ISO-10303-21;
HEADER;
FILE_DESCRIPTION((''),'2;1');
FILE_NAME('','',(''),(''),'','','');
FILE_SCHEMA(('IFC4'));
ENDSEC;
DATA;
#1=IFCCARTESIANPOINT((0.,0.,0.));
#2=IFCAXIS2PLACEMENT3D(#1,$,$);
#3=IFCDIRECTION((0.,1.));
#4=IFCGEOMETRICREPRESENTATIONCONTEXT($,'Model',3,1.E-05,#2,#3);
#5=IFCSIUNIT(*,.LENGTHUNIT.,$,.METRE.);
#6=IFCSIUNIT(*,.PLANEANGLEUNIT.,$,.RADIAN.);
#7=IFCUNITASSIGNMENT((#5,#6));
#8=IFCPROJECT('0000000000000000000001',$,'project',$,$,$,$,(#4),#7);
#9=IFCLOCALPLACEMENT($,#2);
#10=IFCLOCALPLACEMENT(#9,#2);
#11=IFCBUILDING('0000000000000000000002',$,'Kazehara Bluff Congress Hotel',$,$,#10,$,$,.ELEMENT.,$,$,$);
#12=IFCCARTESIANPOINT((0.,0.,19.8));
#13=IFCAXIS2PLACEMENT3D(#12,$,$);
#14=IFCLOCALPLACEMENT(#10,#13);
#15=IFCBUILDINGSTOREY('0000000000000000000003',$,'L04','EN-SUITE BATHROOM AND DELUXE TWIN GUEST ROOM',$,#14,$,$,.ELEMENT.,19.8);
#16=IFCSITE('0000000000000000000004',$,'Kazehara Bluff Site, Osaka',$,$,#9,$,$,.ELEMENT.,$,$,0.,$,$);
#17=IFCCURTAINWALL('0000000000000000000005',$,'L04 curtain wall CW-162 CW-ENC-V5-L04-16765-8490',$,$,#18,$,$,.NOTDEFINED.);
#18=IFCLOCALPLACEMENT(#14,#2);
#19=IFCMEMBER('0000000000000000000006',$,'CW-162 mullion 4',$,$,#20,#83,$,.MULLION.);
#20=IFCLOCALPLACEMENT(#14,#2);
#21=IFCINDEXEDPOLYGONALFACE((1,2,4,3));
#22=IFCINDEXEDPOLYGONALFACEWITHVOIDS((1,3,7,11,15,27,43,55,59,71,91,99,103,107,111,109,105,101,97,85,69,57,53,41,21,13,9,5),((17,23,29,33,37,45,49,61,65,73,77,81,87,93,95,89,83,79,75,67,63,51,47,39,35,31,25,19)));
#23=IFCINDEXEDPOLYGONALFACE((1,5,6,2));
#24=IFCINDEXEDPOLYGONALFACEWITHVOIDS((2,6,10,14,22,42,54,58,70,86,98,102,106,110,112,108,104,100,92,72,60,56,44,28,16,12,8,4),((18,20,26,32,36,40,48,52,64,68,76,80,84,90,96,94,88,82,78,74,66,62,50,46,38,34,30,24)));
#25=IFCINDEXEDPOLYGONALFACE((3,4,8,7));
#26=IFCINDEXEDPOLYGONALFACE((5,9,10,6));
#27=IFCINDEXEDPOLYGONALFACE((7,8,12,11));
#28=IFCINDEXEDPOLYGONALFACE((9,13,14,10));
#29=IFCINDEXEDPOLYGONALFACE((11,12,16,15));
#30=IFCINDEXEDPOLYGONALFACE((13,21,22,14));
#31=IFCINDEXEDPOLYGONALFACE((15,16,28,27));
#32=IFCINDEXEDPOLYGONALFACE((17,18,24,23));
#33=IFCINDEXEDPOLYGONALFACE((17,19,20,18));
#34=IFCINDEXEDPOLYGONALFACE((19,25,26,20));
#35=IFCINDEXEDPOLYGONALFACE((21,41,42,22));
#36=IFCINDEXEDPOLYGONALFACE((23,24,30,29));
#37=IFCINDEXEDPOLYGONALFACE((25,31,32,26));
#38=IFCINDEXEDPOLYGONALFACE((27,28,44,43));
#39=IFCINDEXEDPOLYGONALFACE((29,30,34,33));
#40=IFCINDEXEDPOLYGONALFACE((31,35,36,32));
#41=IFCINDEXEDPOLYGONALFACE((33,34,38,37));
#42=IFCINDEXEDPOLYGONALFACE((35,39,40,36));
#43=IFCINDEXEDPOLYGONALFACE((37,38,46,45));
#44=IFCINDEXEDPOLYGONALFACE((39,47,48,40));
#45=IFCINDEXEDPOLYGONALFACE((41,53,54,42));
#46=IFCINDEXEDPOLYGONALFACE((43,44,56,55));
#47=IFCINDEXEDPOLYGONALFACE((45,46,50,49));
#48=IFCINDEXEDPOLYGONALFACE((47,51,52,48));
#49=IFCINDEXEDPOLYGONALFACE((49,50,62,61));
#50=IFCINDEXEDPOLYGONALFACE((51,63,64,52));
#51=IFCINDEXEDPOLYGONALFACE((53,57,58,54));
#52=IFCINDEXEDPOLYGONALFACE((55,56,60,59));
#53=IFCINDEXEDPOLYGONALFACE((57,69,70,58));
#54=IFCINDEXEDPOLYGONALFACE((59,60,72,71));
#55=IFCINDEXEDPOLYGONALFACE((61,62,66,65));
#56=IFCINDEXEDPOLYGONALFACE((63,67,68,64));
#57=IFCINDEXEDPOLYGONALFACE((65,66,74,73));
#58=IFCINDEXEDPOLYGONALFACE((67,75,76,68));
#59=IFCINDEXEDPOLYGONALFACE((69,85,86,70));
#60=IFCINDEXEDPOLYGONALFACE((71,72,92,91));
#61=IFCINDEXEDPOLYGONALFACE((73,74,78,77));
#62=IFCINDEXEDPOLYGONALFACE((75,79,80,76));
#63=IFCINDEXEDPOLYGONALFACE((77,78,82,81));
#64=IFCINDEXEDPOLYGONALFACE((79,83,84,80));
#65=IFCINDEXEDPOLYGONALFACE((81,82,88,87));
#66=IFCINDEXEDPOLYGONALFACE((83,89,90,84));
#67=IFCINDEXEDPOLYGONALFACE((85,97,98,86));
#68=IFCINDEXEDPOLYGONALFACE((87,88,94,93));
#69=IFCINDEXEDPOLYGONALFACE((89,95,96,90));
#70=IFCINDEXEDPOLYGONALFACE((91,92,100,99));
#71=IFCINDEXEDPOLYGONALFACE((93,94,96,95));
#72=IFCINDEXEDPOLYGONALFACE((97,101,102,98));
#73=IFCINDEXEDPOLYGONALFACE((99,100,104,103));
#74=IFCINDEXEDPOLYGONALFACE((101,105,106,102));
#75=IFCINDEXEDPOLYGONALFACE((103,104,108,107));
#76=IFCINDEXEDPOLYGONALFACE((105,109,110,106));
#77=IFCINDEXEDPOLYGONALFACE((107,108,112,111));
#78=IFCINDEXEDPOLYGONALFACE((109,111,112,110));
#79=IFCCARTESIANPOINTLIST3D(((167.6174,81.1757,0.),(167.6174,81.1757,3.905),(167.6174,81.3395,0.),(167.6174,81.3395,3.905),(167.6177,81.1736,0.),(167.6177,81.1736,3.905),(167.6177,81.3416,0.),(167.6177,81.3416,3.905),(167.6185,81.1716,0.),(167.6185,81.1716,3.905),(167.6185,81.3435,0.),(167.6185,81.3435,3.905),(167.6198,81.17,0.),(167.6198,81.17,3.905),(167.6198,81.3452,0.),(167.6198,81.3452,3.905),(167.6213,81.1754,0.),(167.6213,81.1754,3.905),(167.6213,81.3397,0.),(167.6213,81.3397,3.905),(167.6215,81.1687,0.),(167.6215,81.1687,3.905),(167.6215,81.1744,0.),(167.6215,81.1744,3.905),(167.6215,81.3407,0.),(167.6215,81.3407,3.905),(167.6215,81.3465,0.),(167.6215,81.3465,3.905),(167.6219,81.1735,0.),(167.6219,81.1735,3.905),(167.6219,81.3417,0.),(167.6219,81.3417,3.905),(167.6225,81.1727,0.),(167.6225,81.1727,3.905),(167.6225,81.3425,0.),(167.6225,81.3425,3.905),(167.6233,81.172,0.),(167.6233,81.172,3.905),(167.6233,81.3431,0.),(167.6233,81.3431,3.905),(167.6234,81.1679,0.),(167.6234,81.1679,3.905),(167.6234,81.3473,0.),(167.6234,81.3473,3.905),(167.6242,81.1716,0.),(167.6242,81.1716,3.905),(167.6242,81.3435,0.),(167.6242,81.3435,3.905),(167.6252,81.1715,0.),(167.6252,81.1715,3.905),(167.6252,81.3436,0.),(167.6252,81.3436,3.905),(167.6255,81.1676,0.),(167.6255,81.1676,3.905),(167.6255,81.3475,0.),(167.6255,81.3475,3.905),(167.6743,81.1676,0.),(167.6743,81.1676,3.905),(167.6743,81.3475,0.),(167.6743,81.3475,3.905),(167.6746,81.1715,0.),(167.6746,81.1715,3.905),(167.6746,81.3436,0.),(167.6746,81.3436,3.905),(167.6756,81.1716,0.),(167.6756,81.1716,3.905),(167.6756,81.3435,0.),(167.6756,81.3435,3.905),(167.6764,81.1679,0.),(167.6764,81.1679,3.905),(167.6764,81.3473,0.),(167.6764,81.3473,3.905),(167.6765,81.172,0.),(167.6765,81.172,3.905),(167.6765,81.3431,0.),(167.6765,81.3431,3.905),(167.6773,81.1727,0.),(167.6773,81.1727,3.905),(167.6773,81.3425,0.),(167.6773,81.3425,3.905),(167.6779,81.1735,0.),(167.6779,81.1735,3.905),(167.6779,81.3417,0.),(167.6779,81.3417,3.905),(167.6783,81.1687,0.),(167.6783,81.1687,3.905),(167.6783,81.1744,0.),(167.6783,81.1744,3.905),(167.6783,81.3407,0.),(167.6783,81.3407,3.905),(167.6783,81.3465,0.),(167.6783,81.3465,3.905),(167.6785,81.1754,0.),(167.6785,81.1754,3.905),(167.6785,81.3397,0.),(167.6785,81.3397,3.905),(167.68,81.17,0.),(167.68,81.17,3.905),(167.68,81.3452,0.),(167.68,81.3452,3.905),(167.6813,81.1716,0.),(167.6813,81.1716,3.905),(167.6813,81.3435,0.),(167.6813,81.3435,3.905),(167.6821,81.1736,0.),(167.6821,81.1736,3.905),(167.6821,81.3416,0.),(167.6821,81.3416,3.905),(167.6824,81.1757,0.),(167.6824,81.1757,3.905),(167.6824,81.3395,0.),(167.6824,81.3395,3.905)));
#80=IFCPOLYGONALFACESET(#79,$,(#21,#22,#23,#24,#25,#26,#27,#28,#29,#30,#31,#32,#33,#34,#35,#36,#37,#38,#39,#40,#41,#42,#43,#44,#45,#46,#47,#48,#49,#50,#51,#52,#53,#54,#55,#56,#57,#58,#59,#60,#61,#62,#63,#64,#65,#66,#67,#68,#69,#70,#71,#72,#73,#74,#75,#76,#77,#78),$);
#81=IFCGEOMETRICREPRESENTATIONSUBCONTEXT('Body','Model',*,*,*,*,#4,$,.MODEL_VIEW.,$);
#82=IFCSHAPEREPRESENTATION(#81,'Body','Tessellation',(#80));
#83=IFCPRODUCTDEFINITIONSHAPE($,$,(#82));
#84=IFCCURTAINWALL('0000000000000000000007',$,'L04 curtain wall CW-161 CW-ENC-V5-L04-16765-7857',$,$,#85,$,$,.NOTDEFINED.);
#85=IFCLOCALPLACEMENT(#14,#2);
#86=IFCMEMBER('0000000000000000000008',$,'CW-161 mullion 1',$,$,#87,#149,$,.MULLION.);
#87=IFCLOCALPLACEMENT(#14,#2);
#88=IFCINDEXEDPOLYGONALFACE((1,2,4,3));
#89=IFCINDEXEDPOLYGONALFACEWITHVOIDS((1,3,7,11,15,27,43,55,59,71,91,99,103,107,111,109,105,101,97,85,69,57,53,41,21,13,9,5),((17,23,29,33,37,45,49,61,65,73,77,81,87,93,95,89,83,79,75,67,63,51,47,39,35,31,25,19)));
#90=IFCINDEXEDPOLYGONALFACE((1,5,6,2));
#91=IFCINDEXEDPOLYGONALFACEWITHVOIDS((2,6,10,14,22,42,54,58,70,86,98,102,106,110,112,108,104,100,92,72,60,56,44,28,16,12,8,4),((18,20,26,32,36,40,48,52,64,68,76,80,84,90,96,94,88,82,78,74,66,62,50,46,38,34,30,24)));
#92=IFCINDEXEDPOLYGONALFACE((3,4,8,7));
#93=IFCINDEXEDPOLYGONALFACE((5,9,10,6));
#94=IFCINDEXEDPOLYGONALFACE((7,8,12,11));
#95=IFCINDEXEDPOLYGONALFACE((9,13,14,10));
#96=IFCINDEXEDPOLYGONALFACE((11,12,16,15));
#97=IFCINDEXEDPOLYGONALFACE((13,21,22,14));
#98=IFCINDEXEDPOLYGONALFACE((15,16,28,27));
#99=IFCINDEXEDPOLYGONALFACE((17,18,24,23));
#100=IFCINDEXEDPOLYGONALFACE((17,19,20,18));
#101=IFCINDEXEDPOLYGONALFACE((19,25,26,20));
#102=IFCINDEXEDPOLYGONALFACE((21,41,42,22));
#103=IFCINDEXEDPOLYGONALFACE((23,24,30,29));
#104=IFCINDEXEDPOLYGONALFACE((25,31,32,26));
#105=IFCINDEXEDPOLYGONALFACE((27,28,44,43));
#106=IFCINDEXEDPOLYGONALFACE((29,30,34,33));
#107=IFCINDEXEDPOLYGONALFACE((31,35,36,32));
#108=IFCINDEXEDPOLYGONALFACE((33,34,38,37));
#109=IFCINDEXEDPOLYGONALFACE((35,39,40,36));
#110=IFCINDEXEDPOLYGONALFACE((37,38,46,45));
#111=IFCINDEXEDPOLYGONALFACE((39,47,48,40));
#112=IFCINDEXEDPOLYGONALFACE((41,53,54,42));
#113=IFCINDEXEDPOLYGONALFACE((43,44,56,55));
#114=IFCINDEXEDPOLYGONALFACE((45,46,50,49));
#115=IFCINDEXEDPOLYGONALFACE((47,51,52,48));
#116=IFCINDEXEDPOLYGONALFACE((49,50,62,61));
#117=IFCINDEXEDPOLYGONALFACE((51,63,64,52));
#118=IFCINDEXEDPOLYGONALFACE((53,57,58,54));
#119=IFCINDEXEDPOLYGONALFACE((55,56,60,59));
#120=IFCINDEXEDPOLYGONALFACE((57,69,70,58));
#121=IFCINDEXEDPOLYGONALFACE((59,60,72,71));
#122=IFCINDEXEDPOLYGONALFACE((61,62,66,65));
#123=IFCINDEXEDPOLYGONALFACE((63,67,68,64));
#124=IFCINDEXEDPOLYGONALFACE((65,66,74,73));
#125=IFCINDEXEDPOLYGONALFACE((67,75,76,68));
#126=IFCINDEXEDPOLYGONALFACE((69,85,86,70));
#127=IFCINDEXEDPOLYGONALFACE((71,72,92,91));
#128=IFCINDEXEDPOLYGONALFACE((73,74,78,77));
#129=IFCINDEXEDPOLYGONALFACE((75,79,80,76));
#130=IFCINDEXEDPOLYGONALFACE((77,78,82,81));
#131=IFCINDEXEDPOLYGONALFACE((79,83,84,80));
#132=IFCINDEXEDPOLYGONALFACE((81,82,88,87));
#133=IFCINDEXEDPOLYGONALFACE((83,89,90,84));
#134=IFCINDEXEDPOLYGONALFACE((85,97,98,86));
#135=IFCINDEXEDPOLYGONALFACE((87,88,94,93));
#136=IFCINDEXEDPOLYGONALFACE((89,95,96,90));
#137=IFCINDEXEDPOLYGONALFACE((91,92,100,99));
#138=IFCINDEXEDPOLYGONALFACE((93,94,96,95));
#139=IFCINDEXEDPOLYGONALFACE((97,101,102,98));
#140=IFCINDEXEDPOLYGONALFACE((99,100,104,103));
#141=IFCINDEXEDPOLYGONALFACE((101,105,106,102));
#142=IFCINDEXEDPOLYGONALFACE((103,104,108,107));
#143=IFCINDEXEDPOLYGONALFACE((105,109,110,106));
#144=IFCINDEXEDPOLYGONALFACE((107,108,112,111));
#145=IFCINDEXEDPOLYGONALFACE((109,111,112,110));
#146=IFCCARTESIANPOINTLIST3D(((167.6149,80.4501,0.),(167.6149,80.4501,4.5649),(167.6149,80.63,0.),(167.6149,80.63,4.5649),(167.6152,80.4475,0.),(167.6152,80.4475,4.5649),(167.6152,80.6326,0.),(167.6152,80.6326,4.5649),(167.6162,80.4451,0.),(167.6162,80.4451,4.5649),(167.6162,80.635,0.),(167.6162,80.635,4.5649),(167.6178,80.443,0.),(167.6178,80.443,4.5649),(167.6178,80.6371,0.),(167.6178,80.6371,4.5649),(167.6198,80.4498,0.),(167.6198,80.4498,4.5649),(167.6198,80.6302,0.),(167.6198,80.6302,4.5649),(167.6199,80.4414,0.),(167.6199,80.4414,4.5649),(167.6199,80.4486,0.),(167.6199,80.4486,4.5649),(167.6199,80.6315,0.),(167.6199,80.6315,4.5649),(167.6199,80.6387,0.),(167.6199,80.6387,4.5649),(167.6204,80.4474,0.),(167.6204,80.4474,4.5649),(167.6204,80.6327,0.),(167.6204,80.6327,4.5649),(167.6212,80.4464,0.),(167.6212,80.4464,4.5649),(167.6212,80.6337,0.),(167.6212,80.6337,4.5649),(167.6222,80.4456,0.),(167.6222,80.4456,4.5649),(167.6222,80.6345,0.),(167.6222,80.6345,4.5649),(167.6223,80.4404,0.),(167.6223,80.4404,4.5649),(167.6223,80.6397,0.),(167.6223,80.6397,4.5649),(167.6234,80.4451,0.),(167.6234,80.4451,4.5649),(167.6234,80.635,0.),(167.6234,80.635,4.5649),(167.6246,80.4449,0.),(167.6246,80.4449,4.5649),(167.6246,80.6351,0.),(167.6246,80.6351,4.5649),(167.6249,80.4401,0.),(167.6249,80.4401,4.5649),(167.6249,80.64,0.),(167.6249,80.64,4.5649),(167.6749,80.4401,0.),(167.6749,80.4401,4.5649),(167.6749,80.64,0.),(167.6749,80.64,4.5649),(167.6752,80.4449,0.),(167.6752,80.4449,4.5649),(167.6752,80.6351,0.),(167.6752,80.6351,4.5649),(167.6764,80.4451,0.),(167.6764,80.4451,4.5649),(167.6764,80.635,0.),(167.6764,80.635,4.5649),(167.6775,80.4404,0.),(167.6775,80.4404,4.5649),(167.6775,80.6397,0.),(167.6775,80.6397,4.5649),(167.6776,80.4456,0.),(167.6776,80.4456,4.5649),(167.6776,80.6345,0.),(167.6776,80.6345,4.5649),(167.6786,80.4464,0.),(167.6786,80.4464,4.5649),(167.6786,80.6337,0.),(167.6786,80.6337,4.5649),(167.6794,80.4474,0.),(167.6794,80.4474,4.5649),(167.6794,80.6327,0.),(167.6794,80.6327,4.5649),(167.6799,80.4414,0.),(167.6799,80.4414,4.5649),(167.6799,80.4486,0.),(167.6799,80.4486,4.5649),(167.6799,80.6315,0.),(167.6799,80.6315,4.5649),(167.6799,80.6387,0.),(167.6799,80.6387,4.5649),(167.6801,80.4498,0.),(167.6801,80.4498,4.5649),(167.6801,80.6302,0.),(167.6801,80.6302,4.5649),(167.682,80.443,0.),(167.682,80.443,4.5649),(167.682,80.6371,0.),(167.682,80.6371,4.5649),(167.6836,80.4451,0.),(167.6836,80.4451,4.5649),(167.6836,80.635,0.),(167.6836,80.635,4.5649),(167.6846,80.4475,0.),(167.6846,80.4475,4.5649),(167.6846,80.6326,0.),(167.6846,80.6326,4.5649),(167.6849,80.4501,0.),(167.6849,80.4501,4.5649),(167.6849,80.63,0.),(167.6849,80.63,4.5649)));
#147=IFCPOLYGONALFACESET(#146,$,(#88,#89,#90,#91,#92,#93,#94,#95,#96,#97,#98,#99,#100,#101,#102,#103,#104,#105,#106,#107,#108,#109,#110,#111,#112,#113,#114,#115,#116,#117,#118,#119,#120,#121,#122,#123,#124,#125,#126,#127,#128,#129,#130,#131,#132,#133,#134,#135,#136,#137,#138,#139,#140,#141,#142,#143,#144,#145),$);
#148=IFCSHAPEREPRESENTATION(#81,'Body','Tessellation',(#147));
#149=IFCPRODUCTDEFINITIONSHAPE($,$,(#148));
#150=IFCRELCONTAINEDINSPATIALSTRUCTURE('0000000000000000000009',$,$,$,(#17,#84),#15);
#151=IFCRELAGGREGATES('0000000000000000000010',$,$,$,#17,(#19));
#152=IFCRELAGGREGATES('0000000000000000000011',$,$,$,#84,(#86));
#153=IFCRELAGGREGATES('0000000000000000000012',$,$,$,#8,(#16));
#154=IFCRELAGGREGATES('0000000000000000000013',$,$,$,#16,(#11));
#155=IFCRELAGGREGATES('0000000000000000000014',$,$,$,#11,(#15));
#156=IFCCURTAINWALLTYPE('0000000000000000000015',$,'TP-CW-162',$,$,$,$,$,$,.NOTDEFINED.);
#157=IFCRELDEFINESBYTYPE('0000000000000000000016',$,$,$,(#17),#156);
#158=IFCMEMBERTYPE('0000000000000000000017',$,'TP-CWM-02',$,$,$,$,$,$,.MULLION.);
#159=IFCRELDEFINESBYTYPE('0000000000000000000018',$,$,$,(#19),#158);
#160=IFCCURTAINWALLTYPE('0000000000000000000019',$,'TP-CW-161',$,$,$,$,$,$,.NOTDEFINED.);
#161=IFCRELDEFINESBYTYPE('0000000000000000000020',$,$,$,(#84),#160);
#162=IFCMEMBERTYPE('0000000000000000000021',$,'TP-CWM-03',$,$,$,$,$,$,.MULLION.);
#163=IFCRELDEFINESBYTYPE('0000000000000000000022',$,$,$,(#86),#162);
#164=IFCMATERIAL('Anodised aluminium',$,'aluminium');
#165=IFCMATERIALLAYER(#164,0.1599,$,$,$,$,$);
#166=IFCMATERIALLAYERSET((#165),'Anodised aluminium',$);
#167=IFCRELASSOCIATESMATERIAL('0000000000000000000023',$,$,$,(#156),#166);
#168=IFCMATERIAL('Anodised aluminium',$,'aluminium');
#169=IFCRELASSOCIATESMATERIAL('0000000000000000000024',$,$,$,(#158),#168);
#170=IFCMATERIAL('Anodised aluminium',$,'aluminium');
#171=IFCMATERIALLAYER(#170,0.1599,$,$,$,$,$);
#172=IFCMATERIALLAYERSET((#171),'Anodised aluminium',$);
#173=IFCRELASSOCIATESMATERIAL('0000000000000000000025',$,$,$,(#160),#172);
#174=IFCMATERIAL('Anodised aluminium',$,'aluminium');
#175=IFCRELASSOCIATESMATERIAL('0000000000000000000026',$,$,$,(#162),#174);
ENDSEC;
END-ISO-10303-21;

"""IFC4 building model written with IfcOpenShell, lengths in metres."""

from ifc_helpers import new_model, si_unit, direction, frame, origin, origin_2d, place, context, subcontext, project, spatial, hollow_rectangle, extrude, material, layer, layer_set, material_profile, profile_set, type_object, element, aggregate, save


model = new_model("IFC4")

# Units and contexts
model_context = context("Model", 3, precision=1e-05, world=origin(), true_north=direction((0.0, 1.0)))
body_context = subcontext(model_context, "Body", "Model", "MODEL_VIEW")
ifc_project = project(units=[si_unit("LENGTHUNIT", "METRE"), si_unit("PLANEANGLEUNIT", "RADIAN")], contexts=[model_context])

# Site, building, storey
site_placement = place(None, origin())
site = spatial("IfcSite", under=ifc_project, at=site_placement, Name="Kazehara Bluff Site, Osaka", CompositionType="ELEMENT", RefElevation=0.0)
building_placement = place(site_placement, origin())
building = spatial("IfcBuilding", under=site, at=building_placement, Name="Kazehara Bluff Congress Hotel", CompositionType="ELEMENT")
storey_placement = place(building_placement, frame((0.0, 0.0, 19.8)))
storey = spatial("IfcBuildingStorey", under=building, at=storey_placement, Name="L04", Description="EN-SUITE BATHROOM AND DELUXE TWIN GUEST ROOM", CompositionType="ELEMENT", Elevation=19.8)

# Curtain walls, members
ifc_material_1 = material(Name="Anodised aluminium", Category="aluminium")
ifc_layer_1 = layer(ifc_material_1, 0.1599)
ifc_layer_set_1 = layer_set([ifc_layer_1], Name="Anodised aluminium")
curtain_wall_type_1 = type_object("IfcCurtainWallType", Name="TP-CW-162", PredefinedType="NOTDEFINED", material=ifc_layer_set_1)
curtain_wall_1_placement = place(storey_placement, origin())
curtain_wall_1 = element("IfcCurtainWall", 1, at=curtain_wall_1_placement, inside=storey, type_object=curtain_wall_type_1, Name="L04 curtain wall CW-162 CW-ENC-V5-L04-16765-8490", PredefinedType="NOTDEFINED")
ifc_material_2 = material(Name="Anodised aluminium", Category="aluminium")
ifc_material_profile_1 = material_profile(ifc_material_2, hollow_rectangle(XDim=0.0649, YDim=0.1799, WallThickness=0.0039, InnerFilletRadius=0.0039, OuterFilletRadius=0.0081, at=origin_2d()))
ifc_profile_set_1 = profile_set([ifc_material_profile_1], Name="Anodised aluminium")
member_type_1 = type_object("IfcMemberType", Name="TP-CWM-02", PredefinedType="MULLION", material=ifc_profile_set_1)
member_1_placement = place(storey_placement, frame((167.6499, 81.2576, 0.0), z_axis=(0.0, 0.0, 1.0), x_axis=(1.0, 0.0, 0.0)))
member_1 = element("IfcMember", 2, at=member_1_placement, type_object=member_type_1, Name="CW-162 mullion 4", PredefinedType="MULLION", context=body_context, shape_type="SweptSolid", body=[
    extrude(hollow_rectangle(XDim=0.0649, YDim=0.1799, WallThickness=0.0039, InnerFilletRadius=0.0039, OuterFilletRadius=0.0081, at=origin_2d()), origin(), (0.0, 0.0, 1.0), 3.905),
])
ifc_material_3 = material(Name="Anodised aluminium", Category="aluminium")
ifc_layer_2 = layer(ifc_material_3, 0.1599)
ifc_layer_set_2 = layer_set([ifc_layer_2], Name="Anodised aluminium")
curtain_wall_type_2 = type_object("IfcCurtainWallType", Name="TP-CW-161", PredefinedType="NOTDEFINED", material=ifc_layer_set_2)
curtain_wall_2_placement = place(storey_placement, origin())
curtain_wall_2 = element("IfcCurtainWall", 3, at=curtain_wall_2_placement, inside=storey, type_object=curtain_wall_type_2, Name="L04 curtain wall CW-161 CW-ENC-V5-L04-16765-7857", PredefinedType="NOTDEFINED")
ifc_material_4 = material(Name="Anodised aluminium", Category="aluminium")
ifc_material_profile_2 = material_profile(ifc_material_4, hollow_rectangle(XDim=0.0701, YDim=0.2, WallThickness=0.0049, InnerFilletRadius=0.0049, OuterFilletRadius=0.01, at=origin_2d()))
ifc_profile_set_2 = profile_set([ifc_material_profile_2], Name="Anodised aluminium")
member_type_2 = type_object("IfcMemberType", Name="TP-CWM-03", PredefinedType="MULLION", material=ifc_profile_set_2)
member_2_placement = place(storey_placement, frame((167.6499, 80.54, 0.0), z_axis=(0.0, 0.0, 1.0), x_axis=(1.0, 0.0, 0.0)))
member_2 = element("IfcMember", 4, at=member_2_placement, type_object=member_type_2, Name="CW-161 mullion 1", PredefinedType="MULLION", context=body_context, shape_type="SweptSolid", body=[
    extrude(hollow_rectangle(XDim=0.0701, YDim=0.2, WallThickness=0.0049, InnerFilletRadius=0.0049, OuterFilletRadius=0.01, at=origin_2d()), origin(), (0.0, 0.0, 1.0), 4.5649),
])

aggregate(curtain_wall_1, [member_1])
aggregate(curtain_wall_2, [member_2])

save(model, "model.ifc")
